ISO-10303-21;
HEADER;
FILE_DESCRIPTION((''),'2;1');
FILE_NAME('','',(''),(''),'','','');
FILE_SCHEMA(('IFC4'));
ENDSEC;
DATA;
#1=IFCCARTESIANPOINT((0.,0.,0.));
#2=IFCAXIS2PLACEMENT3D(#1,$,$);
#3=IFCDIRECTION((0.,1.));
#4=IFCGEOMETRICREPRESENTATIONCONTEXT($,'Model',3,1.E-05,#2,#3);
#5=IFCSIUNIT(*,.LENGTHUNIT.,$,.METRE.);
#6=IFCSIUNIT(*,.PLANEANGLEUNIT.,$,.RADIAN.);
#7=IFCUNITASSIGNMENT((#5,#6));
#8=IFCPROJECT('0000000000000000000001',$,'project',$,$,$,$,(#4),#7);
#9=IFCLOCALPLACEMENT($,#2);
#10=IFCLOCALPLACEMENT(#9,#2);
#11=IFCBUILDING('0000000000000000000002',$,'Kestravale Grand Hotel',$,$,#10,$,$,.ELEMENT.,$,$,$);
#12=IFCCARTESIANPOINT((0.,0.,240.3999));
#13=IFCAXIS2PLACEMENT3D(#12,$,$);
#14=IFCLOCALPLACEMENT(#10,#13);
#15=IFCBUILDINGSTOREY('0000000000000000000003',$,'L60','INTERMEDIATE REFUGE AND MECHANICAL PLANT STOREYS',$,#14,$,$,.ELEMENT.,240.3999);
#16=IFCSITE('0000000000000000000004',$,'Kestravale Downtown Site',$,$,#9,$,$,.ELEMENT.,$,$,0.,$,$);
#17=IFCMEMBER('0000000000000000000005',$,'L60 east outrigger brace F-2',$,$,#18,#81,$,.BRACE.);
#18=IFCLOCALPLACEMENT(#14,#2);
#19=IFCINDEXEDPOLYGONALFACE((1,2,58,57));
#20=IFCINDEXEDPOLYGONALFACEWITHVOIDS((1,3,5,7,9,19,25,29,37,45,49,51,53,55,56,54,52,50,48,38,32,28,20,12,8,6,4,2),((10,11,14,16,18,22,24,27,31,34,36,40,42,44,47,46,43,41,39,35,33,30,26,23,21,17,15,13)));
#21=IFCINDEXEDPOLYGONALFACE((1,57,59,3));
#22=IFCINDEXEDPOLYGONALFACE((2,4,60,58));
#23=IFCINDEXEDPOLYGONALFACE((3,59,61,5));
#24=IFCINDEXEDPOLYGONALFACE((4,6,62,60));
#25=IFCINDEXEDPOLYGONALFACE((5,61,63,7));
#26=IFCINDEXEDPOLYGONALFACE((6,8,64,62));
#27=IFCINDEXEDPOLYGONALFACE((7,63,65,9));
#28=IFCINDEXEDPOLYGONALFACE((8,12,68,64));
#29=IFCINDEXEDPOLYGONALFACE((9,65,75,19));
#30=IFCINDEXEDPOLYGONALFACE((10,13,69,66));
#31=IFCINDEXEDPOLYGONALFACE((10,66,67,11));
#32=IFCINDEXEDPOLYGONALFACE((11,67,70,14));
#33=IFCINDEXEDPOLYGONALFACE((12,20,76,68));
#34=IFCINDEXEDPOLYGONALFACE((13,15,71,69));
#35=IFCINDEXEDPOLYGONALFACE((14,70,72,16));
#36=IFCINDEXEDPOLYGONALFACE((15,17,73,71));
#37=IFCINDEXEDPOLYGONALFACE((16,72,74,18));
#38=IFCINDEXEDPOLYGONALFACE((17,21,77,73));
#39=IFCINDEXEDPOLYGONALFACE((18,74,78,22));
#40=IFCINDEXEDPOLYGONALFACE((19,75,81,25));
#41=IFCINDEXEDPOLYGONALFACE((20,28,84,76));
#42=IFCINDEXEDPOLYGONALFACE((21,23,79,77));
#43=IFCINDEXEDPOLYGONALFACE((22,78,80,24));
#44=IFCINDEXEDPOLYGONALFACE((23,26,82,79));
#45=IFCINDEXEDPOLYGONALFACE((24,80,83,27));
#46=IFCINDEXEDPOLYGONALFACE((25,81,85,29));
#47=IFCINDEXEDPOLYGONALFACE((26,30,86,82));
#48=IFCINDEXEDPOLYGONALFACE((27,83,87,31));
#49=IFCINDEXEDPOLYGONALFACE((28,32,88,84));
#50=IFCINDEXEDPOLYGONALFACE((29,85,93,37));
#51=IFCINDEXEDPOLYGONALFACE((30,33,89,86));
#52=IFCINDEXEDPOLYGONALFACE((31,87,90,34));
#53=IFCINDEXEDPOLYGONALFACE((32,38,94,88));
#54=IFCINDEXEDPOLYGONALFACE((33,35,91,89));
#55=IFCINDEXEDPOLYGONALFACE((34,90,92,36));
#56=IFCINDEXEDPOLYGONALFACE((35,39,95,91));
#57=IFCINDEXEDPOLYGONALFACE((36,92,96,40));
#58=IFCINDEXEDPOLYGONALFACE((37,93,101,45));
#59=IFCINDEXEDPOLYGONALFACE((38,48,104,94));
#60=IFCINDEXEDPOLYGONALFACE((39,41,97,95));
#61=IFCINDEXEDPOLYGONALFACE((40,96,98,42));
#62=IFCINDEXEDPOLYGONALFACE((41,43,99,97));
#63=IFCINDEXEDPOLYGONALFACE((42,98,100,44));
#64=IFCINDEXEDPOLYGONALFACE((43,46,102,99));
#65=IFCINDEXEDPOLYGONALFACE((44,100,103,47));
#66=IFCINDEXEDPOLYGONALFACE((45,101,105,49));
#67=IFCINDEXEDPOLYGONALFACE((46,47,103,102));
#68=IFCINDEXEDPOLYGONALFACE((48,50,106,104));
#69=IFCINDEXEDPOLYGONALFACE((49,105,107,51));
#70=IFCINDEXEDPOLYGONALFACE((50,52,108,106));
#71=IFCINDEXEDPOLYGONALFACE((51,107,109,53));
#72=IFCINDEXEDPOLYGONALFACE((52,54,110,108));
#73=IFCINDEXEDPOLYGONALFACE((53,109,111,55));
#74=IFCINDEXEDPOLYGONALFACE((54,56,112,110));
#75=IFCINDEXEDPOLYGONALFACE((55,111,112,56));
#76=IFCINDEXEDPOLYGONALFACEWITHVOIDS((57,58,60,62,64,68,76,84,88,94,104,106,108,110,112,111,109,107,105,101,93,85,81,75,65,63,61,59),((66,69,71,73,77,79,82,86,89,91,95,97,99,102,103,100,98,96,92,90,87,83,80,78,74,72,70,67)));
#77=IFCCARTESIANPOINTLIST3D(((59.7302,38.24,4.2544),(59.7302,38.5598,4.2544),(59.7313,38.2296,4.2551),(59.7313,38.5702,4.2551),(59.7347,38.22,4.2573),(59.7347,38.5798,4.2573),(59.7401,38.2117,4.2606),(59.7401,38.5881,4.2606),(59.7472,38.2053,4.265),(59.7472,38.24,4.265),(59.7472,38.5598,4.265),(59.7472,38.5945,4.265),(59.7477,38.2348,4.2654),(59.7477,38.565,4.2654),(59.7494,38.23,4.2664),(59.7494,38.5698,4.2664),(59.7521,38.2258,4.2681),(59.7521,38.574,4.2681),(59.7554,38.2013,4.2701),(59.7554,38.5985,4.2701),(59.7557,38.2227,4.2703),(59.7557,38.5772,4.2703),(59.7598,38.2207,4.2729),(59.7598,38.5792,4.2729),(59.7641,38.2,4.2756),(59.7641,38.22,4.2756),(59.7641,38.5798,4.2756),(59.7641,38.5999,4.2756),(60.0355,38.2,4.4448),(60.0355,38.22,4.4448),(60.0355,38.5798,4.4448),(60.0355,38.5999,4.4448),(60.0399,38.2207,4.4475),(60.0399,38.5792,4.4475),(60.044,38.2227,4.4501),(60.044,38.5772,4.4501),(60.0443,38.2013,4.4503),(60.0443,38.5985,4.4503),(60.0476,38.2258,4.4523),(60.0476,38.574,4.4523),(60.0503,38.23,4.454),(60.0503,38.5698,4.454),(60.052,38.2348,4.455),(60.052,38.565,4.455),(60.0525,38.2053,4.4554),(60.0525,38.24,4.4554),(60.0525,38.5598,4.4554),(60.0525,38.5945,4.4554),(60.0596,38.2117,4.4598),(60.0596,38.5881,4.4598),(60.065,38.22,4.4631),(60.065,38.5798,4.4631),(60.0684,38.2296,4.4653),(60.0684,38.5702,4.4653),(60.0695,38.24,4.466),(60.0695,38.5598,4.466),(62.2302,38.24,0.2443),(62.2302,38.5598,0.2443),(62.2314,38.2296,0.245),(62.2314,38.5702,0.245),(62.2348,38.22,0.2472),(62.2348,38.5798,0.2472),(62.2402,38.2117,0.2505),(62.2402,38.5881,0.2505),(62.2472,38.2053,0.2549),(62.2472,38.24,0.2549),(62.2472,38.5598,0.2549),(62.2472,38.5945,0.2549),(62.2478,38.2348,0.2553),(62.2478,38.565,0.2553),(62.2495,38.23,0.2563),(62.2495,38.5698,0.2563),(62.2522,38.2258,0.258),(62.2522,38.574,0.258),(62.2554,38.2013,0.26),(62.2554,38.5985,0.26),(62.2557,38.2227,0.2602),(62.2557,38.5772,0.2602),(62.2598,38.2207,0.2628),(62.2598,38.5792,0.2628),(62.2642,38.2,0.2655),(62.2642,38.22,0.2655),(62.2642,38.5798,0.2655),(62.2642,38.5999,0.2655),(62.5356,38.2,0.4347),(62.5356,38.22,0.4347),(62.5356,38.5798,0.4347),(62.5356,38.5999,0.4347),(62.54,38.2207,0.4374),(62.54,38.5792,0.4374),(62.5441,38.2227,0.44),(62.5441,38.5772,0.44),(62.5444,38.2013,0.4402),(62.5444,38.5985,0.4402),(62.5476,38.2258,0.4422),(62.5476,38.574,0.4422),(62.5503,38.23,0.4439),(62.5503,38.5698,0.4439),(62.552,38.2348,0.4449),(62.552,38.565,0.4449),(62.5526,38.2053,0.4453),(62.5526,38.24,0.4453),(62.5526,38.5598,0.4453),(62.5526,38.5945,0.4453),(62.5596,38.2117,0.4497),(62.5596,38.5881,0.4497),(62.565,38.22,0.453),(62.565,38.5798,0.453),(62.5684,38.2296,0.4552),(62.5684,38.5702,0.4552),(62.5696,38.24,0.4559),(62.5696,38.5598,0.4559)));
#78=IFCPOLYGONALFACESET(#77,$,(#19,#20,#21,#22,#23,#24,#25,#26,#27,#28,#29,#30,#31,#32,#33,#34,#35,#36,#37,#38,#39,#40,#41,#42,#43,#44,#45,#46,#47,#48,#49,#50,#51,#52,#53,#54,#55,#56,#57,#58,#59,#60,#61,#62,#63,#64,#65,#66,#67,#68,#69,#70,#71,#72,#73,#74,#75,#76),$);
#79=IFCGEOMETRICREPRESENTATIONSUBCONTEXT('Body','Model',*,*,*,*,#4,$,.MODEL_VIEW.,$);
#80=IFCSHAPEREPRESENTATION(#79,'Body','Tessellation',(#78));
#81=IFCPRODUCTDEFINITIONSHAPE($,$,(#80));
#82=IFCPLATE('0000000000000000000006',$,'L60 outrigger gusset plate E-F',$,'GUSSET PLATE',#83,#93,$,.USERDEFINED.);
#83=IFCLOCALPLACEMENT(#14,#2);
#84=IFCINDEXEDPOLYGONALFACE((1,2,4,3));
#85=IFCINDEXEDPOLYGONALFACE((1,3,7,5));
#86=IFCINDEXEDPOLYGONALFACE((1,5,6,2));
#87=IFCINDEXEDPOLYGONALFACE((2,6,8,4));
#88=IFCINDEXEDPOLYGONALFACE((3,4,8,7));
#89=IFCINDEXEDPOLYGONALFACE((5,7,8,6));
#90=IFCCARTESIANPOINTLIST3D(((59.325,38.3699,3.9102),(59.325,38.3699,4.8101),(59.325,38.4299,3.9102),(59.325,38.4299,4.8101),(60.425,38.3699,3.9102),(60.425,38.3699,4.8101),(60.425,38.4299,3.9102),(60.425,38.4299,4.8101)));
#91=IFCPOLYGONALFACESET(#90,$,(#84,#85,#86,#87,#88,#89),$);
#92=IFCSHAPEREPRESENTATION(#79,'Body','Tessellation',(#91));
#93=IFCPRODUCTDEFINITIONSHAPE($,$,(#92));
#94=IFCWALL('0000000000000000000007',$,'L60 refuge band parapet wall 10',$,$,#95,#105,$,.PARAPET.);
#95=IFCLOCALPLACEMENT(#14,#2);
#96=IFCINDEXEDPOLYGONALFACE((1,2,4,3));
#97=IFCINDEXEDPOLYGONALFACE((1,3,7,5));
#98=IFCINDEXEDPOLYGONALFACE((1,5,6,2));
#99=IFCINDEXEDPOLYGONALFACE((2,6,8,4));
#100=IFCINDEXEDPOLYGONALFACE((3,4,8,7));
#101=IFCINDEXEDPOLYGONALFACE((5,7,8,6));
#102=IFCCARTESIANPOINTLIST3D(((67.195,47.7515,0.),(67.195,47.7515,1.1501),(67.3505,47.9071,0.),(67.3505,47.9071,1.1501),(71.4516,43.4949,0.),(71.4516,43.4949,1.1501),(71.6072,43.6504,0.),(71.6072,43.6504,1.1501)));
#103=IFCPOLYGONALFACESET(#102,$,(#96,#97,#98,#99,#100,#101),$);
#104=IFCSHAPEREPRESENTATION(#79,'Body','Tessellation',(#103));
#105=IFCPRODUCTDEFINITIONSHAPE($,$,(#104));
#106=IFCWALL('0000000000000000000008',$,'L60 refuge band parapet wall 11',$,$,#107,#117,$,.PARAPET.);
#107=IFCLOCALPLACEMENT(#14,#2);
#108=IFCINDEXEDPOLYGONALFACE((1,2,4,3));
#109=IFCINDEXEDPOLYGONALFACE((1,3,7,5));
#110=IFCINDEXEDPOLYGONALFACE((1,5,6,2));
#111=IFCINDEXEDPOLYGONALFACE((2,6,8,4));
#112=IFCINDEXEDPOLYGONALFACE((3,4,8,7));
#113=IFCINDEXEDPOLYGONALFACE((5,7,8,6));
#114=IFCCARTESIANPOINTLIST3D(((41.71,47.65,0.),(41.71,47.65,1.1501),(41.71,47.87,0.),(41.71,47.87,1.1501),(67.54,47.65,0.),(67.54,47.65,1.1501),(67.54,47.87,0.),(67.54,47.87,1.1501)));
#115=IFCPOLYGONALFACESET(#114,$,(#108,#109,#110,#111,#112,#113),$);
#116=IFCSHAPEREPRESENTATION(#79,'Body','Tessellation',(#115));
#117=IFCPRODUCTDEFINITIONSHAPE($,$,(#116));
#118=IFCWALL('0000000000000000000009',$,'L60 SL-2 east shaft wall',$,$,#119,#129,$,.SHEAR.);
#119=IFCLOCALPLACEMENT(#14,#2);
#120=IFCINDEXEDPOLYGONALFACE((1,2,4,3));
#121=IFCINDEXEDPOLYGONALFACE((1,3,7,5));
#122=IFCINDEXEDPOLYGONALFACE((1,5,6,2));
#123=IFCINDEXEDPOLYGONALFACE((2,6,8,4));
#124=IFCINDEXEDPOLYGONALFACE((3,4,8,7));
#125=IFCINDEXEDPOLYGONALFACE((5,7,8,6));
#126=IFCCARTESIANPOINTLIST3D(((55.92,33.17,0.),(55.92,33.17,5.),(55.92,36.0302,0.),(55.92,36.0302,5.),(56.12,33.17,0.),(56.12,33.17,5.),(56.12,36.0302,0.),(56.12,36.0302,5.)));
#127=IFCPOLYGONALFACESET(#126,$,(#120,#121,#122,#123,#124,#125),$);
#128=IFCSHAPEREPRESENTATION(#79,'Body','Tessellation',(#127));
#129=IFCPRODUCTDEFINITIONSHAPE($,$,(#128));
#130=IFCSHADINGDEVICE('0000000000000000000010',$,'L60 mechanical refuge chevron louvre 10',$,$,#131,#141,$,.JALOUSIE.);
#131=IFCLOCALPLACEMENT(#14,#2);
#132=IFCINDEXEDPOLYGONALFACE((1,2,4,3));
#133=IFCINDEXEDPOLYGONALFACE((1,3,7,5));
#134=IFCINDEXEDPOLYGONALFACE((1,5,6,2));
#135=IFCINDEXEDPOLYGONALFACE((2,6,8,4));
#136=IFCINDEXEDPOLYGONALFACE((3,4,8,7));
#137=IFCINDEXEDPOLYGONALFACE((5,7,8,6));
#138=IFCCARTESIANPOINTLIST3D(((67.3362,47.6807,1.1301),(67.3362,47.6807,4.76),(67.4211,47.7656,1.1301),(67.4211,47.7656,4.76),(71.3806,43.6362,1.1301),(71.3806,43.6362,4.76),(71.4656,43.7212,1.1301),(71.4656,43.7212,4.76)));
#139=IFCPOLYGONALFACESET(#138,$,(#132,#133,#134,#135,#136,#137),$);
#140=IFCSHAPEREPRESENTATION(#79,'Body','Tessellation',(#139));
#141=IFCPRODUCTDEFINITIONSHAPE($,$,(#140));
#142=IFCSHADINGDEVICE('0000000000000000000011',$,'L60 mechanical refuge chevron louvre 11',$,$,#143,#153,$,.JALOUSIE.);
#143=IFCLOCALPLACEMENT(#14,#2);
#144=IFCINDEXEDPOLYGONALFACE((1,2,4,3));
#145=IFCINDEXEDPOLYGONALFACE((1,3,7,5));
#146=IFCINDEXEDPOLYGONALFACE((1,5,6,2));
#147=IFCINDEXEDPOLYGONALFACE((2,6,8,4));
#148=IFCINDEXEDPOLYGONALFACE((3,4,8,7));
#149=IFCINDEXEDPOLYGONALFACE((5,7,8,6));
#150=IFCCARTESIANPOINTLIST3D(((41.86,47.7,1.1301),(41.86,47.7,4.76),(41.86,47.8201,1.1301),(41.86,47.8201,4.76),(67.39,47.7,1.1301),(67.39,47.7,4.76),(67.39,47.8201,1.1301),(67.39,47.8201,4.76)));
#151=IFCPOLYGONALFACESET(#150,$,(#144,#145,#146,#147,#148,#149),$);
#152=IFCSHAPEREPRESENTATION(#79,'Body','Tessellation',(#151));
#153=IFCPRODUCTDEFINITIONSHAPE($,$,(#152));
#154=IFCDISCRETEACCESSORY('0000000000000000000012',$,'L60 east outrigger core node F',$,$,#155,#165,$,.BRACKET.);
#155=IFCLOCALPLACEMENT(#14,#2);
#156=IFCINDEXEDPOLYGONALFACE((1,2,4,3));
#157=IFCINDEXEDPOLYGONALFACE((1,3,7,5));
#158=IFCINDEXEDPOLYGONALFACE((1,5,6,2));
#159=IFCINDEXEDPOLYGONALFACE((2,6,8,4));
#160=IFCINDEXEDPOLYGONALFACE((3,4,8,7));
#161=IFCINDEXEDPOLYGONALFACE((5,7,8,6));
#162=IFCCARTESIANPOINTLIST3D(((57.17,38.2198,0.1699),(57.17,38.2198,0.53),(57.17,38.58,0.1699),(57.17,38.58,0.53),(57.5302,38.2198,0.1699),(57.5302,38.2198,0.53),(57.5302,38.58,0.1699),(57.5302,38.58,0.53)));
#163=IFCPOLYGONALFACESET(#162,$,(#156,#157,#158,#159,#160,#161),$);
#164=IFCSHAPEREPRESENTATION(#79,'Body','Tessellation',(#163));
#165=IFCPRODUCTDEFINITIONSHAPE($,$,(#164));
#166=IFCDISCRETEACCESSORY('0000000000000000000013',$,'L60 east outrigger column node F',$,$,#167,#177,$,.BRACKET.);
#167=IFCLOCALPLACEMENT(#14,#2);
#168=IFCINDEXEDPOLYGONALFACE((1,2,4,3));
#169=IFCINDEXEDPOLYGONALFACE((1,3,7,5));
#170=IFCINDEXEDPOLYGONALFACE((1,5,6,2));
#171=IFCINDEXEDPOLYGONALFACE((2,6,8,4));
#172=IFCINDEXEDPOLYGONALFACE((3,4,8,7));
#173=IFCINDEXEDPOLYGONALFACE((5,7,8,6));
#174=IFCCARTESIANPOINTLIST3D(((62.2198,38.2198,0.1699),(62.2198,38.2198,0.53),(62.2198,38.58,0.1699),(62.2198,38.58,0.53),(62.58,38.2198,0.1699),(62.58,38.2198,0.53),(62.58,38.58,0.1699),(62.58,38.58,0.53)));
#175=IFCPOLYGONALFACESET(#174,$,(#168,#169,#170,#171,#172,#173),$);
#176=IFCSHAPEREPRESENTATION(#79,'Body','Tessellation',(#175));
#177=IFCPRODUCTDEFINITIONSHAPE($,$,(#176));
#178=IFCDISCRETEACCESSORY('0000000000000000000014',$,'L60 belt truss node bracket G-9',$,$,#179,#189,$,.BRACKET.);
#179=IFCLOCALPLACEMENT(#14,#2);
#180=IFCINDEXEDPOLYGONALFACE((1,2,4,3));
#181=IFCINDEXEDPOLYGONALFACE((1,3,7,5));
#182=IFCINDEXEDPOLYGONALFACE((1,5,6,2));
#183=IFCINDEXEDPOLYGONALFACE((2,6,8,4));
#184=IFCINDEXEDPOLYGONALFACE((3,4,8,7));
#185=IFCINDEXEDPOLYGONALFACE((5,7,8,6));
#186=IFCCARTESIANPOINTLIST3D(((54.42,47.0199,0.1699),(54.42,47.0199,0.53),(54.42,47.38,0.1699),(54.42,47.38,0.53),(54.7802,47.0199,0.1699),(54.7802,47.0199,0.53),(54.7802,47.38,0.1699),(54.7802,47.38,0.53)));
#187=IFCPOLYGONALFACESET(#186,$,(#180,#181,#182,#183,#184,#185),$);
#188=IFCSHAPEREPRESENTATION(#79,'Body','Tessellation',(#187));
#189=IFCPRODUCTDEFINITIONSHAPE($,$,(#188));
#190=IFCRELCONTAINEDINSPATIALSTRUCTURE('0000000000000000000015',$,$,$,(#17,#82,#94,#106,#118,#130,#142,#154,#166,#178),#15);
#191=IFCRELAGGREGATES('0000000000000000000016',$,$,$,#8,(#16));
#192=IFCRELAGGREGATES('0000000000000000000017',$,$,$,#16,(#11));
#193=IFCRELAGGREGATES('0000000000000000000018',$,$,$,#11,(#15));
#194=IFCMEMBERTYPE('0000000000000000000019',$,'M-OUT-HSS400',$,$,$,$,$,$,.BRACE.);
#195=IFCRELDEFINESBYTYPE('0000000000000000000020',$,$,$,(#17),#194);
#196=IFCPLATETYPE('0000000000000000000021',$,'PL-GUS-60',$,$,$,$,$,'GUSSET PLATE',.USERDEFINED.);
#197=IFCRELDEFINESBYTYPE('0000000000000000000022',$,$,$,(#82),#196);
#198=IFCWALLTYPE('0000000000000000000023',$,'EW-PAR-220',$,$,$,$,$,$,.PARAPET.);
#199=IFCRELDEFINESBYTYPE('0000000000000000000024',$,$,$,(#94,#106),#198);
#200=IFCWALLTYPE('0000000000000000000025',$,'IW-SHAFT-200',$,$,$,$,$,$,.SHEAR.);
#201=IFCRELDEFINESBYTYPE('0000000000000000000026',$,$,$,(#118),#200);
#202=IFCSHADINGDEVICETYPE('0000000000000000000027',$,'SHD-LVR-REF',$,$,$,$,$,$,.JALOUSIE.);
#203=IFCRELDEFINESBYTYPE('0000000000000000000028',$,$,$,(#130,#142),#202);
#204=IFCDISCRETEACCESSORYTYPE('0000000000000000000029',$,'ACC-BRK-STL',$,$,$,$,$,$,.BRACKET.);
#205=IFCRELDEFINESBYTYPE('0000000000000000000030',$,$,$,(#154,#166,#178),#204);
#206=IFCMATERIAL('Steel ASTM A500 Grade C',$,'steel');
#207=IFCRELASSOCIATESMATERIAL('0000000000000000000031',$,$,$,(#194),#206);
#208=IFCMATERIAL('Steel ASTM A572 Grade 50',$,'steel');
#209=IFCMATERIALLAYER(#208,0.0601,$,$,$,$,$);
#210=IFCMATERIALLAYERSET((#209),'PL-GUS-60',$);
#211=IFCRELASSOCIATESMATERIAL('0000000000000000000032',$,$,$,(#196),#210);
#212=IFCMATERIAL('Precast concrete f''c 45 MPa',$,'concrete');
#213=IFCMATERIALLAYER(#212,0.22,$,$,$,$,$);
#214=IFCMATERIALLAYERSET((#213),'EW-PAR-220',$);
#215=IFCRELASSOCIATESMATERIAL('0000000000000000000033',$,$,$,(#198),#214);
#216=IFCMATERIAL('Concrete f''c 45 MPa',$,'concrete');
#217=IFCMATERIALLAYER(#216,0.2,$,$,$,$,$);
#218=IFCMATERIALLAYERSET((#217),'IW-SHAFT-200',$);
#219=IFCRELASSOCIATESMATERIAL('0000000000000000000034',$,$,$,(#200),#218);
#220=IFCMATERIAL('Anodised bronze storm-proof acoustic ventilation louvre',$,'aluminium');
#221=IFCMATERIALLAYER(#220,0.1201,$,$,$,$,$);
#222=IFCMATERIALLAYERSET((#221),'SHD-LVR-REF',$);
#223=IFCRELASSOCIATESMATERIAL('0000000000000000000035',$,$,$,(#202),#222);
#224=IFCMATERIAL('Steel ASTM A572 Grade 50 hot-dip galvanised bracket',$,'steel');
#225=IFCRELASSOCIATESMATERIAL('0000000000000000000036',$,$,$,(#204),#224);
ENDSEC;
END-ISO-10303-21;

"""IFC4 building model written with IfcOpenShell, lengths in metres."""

from ifc_helpers import new_model, si_unit, direction, frame, frame_2d, origin, origin_2d, place, context, subcontext, project, spatial, rectangle, hollow_rectangle, extrude, material, layer, layer_set, material_profile, profile_set, type_object, element, save


model = new_model("IFC4")

# Units and contexts
model_context = context("Model", 3, precision=1e-05, world=origin(), true_north=direction((0.0, 1.0)))
body_context = subcontext(model_context, "Body", "Model", "MODEL_VIEW")
ifc_project = project(units=[si_unit("LENGTHUNIT", "METRE"), si_unit("PLANEANGLEUNIT", "RADIAN")], contexts=[model_context])

# Site, building, storey
site_placement = place(None, origin())
site = spatial("IfcSite", under=ifc_project, at=site_placement, Name="Kestravale Downtown Site", CompositionType="ELEMENT", RefElevation=0.0)
building_placement = place(site_placement, origin())
building = spatial("IfcBuilding", under=site, at=building_placement, Name="Kestravale Grand Hotel", CompositionType="ELEMENT")
storey_placement = place(building_placement, frame((0.0, 0.0, 240.3999)))
storey = spatial("IfcBuildingStorey", under=building, at=storey_placement, Name="L60", Description="INTERMEDIATE REFUGE AND MECHANICAL PLANT STOREYS", CompositionType="ELEMENT", Elevation=240.3999)

# Member
ifc_material_1 = material(Name="Steel ASTM A500 Grade C", Category="steel")
ifc_material_profile_1 = material_profile(ifc_material_1, hollow_rectangle(XDim=0.3999, YDim=0.3999, WallThickness=0.02, InnerFilletRadius=0.02, OuterFilletRadius=0.04, at=origin_2d()))
ifc_profile_set_1 = profile_set([ifc_material_profile_1], Name="Steel ASTM A500 Grade C")
member_type_1 = type_object("IfcMemberType", Name="M-OUT-HSS400", PredefinedType="BRACE", material=ifc_profile_set_1)
for number, where, z_axis, x_axis, name in (
    (1, (62.3999, 38.3999, 0.3501), (-0.529047, 0.0, 0.848593), (0.0, -1.0, 0.0), "L60 east outrigger brace F-2"),
):
    element("IfcMember", number, at=place(storey_placement, frame(where, z_axis=z_axis, x_axis=x_axis)), inside=storey, type_object=member_type_1, Name=name, PredefinedType="BRACE", context=body_context, shape_type="SweptSolid", body=[
        extrude(hollow_rectangle(XDim=0.3999, YDim=0.3999, WallThickness=0.02, InnerFilletRadius=0.02, OuterFilletRadius=0.04, at=origin_2d()), origin(), (0.0, 0.0, 1.0), 4.7256),
    ])

# Plate
ifc_material_2 = material(Name="Steel ASTM A572 Grade 50", Category="steel")
ifc_layer_1 = layer(ifc_material_2, 0.0601)
ifc_layer_set_1 = layer_set([ifc_layer_1], Name="PL-GUS-60")
plate_type = type_object("IfcPlateType", Name="PL-GUS-60", ElementType="GUSSET PLATE", PredefinedType="USERDEFINED", material=ifc_layer_set_1)
plate_placement = place(storey_placement, frame((59.875, 38.3999, 3.9102), z_axis=(0.0, 0.0, 1.0), x_axis=(1.0, 0.0, 0.0)))
element("IfcPlate", 2, at=plate_placement, inside=storey, type_object=plate_type, Name="L60 outrigger gusset plate E-F", ObjectType="GUSSET PLATE", PredefinedType="USERDEFINED", context=body_context, shape_type="SweptSolid", body=[
    extrude(rectangle(XDim=1.1001, YDim=0.0601, at=origin_2d()), origin(), (0.0, 0.0, 1.0), 0.8999),
])

# Walls
ifc_material_3 = material(Name="Precast concrete f'c 45 MPa", Category="concrete")
ifc_layer_2 = layer(ifc_material_3, 0.22)
ifc_layer_set_2 = layer_set([ifc_layer_2], Name="EW-PAR-220")
wall_type_1 = type_object("IfcWallType", Name="EW-PAR-220", PredefinedType="PARAPET", material=ifc_layer_set_2)
wall_1_placement = place(storey_placement, frame((71.5293, 43.5728, 0.0), z_axis=(0.0, 0.0, 1.0), x_axis=(-0.707107, 0.707107, 0.0)))
element("IfcWall", 3, at=wall_1_placement, inside=storey, type_object=wall_type_1, Name="L60 refuge band parapet wall 10", PredefinedType="PARAPET", context=body_context, shape_type="SweptSolid", body=[
    extrude(rectangle(XDim=6.0198, YDim=0.22, at=frame_2d((3.0098, 0.0))), origin(), (0.0, 0.0, 1.0), 1.1501),
])
wall_2_placement = place(storey_placement, frame((67.54, 47.76, 0.0), z_axis=(0.0, 0.0, 1.0), x_axis=(-1.0, 0.0, 0.0)))
element("IfcWall", 4, at=wall_2_placement, inside=storey, type_object=wall_type_1, Name="L60 refuge band parapet wall 11", PredefinedType="PARAPET", context=body_context, shape_type="SweptSolid", body=[
    extrude(rectangle(XDim=25.8301, YDim=0.22, at=frame_2d((12.915, 0.0))), origin(), (0.0, 0.0, 1.0), 1.1501),
])
ifc_material_4 = material(Name="Concrete f'c 45 MPa", Category="concrete")
ifc_layer_3 = layer(ifc_material_4, 0.2)
ifc_layer_set_3 = layer_set([ifc_layer_3], Name="IW-SHAFT-200")
wall_type_2 = type_object("IfcWallType", Name="IW-SHAFT-200", PredefinedType="SHEAR", material=ifc_layer_set_3)
wall_3_placement = place(storey_placement, frame((56.02, 33.1699, 0.0), z_axis=(0.0, 0.0, 1.0), x_axis=(0.0, 1.0, 0.0)))
element("IfcWall", 5, at=wall_3_placement, inside=storey, type_object=wall_type_2, Name="L60 SL-2 east shaft wall", PredefinedType="SHEAR", context=body_context, shape_type="SweptSolid", body=[
    extrude(rectangle(XDim=2.8601, YDim=0.2, at=frame_2d((1.4302, 0.0))), origin(), (0.0, 0.0, 1.0), 5.0),
])

# Shading devices
ifc_material_5 = material(Name="Anodised bronze storm-proof acoustic ventilation louvre", Category="aluminium")
ifc_layer_4 = layer(ifc_material_5, 0.1201)
ifc_layer_set_4 = layer_set([ifc_layer_4], Name="SHD-LVR-REF")
shading_device_type = type_object("IfcShadingDeviceType", Name="SHD-LVR-REF", PredefinedType="JALOUSIE", material=ifc_layer_set_4)
shading_device_1_placement = place(storey_placement, frame((69.4009, 45.7009, 1.1301), z_axis=(0.0, 0.0, 1.0), x_axis=(-0.707107, 0.707107, 0.0)))
element("IfcShadingDevice", 6, at=shading_device_1_placement, inside=storey, type_object=shading_device_type, Name="L60 mechanical refuge chevron louvre 10", PredefinedType="JALOUSIE", context=body_context, shape_type="SweptSolid", body=[
    extrude(rectangle(XDim=5.7197, YDim=0.1201, at=origin_2d()), origin(), (0.0, 0.0, 1.0), 3.6299),
])
shading_device_2_placement = place(storey_placement, frame((54.625, 47.76, 1.1301), z_axis=(0.0, 0.0, 1.0), x_axis=(-1.0, 0.0, 0.0)))
element("IfcShadingDevice", 7, at=shading_device_2_placement, inside=storey, type_object=shading_device_type, Name="L60 mechanical refuge chevron louvre 11", PredefinedType="JALOUSIE", context=body_context, shape_type="SweptSolid", body=[
    extrude(rectangle(XDim=25.53, YDim=0.1201, at=origin_2d()), origin(), (0.0, 0.0, 1.0), 3.6299),
])

# Discrete accessories
ifc_material_6 = material(Name="Steel ASTM A572 Grade 50 hot-dip galvanised bracket", Category="steel")
discrete_accessory_type = type_object("IfcDiscreteAccessoryType", Name="ACC-BRK-STL", PredefinedType="BRACKET", material=ifc_material_6)
for number, where, z_axis, x_axis, name in (
    (8, (57.3501, 38.3999, 0.1699), (0.0, 0.0, 1.0), (1.0, 0.0, 0.0), "L60 east outrigger core node F"),
    (9, (62.3999, 38.3999, 0.1699), (0.0, 0.0, 1.0), (1.0, 0.0, 0.0), "L60 east outrigger column node F"),
    (10, (54.6001, 47.2, 0.1699), (0.0, 0.0, 1.0), (1.0, 0.0, 0.0), "L60 belt truss node bracket G-9"),
):
    element("IfcDiscreteAccessory", number, at=place(storey_placement, frame(where, z_axis=z_axis, x_axis=x_axis)), inside=storey, type_object=discrete_accessory_type, Name=name, PredefinedType="BRACKET", context=body_context, shape_type="SweptSolid", body=[
        extrude(rectangle(XDim=0.3601, YDim=0.3601, at=origin_2d()), origin(), (0.0, 0.0, 1.0), 0.3601),
    ])

save(model, "model.ifc")
